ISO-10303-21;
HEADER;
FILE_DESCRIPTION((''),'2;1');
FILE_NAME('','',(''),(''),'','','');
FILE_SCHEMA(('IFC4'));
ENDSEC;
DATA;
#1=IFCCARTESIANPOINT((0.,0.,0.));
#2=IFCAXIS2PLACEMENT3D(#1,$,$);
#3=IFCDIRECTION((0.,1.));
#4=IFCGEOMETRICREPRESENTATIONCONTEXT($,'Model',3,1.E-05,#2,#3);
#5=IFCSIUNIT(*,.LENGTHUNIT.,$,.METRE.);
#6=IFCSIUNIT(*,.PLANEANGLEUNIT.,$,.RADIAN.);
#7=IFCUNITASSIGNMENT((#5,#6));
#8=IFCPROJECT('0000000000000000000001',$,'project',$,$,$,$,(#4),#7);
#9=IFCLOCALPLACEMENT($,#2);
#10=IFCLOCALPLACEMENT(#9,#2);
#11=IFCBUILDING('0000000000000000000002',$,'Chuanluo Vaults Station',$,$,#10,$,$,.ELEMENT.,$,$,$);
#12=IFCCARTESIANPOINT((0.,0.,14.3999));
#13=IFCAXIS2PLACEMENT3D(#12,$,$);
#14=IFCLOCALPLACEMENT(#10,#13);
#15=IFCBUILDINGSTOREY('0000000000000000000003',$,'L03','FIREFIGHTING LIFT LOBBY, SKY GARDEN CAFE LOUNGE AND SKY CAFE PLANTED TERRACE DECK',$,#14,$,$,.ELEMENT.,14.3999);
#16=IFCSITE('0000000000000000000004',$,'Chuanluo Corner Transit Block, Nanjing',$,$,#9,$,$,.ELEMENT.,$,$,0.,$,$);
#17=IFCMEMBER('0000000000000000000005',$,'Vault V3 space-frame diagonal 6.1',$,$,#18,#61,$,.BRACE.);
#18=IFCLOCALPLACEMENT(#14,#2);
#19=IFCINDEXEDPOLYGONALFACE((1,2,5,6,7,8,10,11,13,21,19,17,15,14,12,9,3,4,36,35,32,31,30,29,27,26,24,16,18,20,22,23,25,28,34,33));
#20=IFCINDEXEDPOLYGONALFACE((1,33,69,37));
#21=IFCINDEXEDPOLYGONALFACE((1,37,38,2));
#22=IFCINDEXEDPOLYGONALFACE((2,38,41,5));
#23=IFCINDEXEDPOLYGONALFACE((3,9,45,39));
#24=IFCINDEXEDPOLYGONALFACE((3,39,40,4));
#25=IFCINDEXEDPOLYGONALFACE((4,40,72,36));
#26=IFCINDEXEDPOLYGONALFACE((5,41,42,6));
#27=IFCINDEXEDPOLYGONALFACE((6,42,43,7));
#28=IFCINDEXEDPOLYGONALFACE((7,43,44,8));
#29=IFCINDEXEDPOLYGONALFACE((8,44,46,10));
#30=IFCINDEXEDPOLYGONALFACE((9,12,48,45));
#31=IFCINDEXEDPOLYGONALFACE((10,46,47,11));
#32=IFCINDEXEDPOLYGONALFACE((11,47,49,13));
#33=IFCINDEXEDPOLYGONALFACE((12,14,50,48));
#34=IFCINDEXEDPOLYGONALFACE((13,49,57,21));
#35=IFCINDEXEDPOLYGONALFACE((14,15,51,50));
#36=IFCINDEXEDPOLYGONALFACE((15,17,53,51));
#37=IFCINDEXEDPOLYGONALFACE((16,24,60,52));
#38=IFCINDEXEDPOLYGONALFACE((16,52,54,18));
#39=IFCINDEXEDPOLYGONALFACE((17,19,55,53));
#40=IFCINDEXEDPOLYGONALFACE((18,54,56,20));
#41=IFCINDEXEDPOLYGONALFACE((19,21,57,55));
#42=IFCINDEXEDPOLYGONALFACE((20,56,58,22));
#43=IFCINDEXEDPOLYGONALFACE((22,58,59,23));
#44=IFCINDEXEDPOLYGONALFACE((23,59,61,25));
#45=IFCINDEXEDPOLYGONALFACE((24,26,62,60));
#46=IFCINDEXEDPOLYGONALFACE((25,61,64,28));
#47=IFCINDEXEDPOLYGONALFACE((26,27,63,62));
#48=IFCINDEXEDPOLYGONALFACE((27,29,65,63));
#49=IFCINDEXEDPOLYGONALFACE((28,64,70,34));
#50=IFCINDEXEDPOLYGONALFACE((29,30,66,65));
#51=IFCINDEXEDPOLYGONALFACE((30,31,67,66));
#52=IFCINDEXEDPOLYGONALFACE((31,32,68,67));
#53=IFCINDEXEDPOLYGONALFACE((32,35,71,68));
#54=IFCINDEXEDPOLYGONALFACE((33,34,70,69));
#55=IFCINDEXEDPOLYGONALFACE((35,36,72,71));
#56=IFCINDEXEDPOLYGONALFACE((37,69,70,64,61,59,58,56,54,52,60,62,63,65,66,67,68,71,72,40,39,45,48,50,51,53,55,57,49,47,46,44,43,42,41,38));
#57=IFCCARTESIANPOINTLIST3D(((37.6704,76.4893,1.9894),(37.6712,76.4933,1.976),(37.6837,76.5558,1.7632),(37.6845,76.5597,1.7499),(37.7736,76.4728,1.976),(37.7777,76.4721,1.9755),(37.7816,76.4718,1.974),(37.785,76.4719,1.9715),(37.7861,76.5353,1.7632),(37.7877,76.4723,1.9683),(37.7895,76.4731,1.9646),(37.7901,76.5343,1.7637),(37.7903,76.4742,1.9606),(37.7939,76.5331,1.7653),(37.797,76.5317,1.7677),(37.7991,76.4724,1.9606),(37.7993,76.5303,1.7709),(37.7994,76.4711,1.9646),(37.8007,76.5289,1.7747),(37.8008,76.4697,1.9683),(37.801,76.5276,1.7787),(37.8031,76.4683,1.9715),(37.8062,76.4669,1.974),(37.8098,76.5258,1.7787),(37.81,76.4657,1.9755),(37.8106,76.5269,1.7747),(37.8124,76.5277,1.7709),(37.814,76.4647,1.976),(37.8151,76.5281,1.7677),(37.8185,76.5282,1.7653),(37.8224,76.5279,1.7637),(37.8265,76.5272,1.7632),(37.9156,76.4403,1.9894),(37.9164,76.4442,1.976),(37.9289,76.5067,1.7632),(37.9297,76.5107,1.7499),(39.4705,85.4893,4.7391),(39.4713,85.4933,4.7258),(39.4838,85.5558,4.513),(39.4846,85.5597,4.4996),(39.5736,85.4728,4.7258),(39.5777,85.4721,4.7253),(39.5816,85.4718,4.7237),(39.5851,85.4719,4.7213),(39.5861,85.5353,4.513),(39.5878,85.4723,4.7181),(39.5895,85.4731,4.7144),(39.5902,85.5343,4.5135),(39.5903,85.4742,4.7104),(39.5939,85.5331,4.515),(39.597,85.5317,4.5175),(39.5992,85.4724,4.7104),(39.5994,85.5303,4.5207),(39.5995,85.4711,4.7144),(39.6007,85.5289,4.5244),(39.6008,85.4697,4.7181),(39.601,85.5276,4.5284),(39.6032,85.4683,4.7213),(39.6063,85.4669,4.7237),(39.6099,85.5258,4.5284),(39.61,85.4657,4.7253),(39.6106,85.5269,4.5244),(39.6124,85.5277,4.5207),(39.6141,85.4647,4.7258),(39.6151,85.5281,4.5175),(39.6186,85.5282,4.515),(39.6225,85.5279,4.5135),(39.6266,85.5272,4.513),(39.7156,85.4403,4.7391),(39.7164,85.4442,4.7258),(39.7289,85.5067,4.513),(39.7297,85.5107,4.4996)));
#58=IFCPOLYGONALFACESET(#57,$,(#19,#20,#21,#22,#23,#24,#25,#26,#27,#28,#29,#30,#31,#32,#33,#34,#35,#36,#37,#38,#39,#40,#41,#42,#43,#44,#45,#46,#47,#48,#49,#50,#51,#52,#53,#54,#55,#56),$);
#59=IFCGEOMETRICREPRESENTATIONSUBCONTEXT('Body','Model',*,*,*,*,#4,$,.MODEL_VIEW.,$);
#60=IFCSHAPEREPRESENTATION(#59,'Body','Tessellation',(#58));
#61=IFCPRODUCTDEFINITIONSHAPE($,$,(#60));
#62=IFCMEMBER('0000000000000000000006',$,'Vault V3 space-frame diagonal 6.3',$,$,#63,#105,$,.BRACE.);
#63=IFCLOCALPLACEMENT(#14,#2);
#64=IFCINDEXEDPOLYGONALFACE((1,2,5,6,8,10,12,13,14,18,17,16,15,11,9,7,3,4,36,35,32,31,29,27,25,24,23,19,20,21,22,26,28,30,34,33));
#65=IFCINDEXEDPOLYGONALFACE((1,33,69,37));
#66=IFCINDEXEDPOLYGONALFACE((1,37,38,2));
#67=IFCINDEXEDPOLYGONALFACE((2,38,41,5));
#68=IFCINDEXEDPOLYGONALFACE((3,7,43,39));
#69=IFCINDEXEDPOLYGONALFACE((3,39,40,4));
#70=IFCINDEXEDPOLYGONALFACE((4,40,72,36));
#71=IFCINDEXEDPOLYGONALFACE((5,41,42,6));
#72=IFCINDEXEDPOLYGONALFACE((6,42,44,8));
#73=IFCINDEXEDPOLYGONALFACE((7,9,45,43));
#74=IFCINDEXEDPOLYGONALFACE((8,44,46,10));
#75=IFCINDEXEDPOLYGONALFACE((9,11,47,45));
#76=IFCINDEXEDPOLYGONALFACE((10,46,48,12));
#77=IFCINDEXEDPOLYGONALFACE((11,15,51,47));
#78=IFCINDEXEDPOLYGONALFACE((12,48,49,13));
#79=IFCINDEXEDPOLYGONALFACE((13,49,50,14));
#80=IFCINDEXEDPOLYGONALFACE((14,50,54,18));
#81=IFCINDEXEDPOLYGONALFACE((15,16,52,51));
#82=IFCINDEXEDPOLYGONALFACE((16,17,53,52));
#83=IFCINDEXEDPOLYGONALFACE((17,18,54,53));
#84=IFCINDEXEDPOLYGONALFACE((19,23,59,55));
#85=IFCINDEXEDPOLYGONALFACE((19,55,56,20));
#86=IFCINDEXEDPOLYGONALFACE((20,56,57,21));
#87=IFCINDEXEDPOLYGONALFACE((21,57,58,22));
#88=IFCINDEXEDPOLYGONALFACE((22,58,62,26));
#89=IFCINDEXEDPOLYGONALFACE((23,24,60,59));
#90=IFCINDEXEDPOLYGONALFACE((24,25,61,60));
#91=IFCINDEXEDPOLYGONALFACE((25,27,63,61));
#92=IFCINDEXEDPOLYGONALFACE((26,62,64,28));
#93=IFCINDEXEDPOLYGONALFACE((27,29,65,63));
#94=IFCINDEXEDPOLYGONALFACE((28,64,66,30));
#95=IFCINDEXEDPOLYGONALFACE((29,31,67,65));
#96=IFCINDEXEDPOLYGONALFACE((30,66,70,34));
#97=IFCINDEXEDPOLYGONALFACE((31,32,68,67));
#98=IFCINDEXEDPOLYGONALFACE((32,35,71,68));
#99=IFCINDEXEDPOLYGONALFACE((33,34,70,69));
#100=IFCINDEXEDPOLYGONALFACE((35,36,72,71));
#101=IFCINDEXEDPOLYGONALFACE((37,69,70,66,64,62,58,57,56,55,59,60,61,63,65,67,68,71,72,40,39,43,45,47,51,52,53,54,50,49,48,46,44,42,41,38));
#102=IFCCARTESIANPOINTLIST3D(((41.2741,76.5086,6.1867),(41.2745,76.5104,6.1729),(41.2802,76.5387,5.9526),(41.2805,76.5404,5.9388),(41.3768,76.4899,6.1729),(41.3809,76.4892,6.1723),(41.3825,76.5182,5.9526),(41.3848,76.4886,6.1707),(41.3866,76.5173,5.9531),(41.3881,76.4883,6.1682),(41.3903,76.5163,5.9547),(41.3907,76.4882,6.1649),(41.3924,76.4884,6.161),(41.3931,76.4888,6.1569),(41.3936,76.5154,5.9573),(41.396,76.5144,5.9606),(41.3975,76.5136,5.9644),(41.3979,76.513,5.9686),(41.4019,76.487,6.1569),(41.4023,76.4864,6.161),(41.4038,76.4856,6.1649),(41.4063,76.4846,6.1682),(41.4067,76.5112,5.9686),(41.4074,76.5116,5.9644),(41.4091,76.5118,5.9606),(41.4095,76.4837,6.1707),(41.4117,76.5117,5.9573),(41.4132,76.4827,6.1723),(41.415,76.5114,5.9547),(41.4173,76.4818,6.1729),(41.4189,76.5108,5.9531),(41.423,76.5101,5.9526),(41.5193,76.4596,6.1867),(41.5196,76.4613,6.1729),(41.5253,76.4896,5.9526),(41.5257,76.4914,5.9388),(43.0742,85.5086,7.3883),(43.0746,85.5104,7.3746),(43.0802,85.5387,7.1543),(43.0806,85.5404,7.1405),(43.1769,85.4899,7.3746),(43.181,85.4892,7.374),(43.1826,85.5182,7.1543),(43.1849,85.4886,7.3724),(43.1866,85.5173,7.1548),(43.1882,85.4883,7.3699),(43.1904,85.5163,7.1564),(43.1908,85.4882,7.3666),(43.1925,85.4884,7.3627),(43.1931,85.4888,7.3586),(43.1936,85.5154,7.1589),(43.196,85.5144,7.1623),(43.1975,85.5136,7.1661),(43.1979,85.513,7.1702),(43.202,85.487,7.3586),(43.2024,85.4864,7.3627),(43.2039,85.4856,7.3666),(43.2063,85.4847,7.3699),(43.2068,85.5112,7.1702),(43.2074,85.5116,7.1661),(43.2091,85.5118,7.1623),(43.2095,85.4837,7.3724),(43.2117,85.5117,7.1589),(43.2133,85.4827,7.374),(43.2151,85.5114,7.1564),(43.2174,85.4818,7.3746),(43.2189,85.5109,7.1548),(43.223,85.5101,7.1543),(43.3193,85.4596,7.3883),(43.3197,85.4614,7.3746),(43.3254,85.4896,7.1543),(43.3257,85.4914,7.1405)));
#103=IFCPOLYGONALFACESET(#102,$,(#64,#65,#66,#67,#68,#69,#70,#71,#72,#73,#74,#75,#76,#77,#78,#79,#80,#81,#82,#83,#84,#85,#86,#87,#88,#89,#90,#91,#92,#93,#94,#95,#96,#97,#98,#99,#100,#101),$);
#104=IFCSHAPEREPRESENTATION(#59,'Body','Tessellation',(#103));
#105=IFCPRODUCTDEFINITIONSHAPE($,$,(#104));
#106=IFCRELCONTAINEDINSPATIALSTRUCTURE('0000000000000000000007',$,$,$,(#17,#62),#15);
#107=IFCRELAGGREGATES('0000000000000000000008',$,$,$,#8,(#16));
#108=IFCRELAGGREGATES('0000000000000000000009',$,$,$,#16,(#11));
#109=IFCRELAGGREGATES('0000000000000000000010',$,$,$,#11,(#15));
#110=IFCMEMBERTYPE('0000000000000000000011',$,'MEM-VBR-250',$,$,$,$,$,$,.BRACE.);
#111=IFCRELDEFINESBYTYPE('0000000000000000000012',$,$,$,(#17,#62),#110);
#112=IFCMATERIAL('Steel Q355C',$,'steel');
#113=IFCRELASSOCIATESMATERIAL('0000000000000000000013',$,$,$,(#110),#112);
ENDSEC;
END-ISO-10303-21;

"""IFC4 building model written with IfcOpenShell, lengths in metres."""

from ifc_helpers import new_model, si_unit, direction, frame, origin, origin_2d, place, context, subcontext, project, spatial, i_section, extrude, material, material_profile, profile_set, type_object, element, save


model = new_model("IFC4")

# Units and contexts
model_context = context("Model", 3, precision=1e-05, world=origin(), true_north=direction((0.0, 1.0)))
body_context = subcontext(model_context, "Body", "Model", "MODEL_VIEW")
ifc_project = project(units=[si_unit("LENGTHUNIT", "METRE"), si_unit("PLANEANGLEUNIT", "RADIAN")], contexts=[model_context])

# Site, building, storey
site_placement = place(None, origin())
site = spatial("IfcSite", under=ifc_project, at=site_placement, Name="Chuanluo Corner Transit Block, Nanjing", CompositionType="ELEMENT", RefElevation=0.0)
building_placement = place(site_placement, origin())
building = spatial("IfcBuilding", under=site, at=building_placement, Name="Chuanluo Vaults Station", CompositionType="ELEMENT")
storey_placement = place(building_placement, frame((0.0, 0.0, 14.3999)))
storey = spatial("IfcBuildingStorey", under=building, at=storey_placement, Name="L03", Description="FIREFIGHTING LIFT LOBBY, SKY GARDEN CAFE LOUNGE AND SKY CAFE PLANTED TERRACE DECK", CompositionType="ELEMENT", Elevation=14.3999)

# Members
ifc_material_1 = material(Name="Steel Q355C", Category="steel")
ifc_material_profile_1 = material_profile(ifc_material_1, i_section(OverallWidth=0.25, OverallDepth=0.25, WebThickness=0.009, FlangeThickness=0.0139, FilletRadius=0.0161, at=origin_2d()))
ifc_profile_set_1 = profile_set([ifc_material_profile_1], Name="Steel Q355C")
member_type_1 = type_object("IfcMemberType", Name="MEM-VBR-250", PredefinedType="BRACE", material=ifc_profile_set_1)
member_1_placement = place(storey_placement, frame((37.8, 76.5, 1.8696), z_axis=(0.187871, 0.93933, 0.286992), x_axis=(-0.98058, 0.196121, 0.0)))
element("IfcMember", 1, at=member_1_placement, inside=storey, type_object=member_type_1, Name="Vault V3 space-frame diagonal 6.1", PredefinedType="BRACE", context=body_context, shape_type="SweptSolid", body=[
    extrude(i_section(OverallWidth=0.25, OverallDepth=0.25, WebThickness=0.009, FlangeThickness=0.0139, FilletRadius=0.0161, at=origin_2d()), origin(), (0.0, 0.0, 1.0), 9.5813),
])
member_2_placement = place(storey_placement, frame((41.3999, 76.5, 6.0627), z_axis=(0.194462, 0.972282, 0.129817), x_axis=(-0.98058, 0.196121, 0.0)))
element("IfcMember", 2, at=member_2_placement, inside=storey, type_object=member_type_1, Name="Vault V3 space-frame diagonal 6.3", PredefinedType="BRACE", context=body_context, shape_type="SweptSolid", body=[
    extrude(i_section(OverallWidth=0.25, OverallDepth=0.25, WebThickness=0.009, FlangeThickness=0.0139, FilletRadius=0.0161, at=origin_2d()), origin(), (0.0, 0.0, 1.0), 9.2566),
])

save(model, "model.ifc")
